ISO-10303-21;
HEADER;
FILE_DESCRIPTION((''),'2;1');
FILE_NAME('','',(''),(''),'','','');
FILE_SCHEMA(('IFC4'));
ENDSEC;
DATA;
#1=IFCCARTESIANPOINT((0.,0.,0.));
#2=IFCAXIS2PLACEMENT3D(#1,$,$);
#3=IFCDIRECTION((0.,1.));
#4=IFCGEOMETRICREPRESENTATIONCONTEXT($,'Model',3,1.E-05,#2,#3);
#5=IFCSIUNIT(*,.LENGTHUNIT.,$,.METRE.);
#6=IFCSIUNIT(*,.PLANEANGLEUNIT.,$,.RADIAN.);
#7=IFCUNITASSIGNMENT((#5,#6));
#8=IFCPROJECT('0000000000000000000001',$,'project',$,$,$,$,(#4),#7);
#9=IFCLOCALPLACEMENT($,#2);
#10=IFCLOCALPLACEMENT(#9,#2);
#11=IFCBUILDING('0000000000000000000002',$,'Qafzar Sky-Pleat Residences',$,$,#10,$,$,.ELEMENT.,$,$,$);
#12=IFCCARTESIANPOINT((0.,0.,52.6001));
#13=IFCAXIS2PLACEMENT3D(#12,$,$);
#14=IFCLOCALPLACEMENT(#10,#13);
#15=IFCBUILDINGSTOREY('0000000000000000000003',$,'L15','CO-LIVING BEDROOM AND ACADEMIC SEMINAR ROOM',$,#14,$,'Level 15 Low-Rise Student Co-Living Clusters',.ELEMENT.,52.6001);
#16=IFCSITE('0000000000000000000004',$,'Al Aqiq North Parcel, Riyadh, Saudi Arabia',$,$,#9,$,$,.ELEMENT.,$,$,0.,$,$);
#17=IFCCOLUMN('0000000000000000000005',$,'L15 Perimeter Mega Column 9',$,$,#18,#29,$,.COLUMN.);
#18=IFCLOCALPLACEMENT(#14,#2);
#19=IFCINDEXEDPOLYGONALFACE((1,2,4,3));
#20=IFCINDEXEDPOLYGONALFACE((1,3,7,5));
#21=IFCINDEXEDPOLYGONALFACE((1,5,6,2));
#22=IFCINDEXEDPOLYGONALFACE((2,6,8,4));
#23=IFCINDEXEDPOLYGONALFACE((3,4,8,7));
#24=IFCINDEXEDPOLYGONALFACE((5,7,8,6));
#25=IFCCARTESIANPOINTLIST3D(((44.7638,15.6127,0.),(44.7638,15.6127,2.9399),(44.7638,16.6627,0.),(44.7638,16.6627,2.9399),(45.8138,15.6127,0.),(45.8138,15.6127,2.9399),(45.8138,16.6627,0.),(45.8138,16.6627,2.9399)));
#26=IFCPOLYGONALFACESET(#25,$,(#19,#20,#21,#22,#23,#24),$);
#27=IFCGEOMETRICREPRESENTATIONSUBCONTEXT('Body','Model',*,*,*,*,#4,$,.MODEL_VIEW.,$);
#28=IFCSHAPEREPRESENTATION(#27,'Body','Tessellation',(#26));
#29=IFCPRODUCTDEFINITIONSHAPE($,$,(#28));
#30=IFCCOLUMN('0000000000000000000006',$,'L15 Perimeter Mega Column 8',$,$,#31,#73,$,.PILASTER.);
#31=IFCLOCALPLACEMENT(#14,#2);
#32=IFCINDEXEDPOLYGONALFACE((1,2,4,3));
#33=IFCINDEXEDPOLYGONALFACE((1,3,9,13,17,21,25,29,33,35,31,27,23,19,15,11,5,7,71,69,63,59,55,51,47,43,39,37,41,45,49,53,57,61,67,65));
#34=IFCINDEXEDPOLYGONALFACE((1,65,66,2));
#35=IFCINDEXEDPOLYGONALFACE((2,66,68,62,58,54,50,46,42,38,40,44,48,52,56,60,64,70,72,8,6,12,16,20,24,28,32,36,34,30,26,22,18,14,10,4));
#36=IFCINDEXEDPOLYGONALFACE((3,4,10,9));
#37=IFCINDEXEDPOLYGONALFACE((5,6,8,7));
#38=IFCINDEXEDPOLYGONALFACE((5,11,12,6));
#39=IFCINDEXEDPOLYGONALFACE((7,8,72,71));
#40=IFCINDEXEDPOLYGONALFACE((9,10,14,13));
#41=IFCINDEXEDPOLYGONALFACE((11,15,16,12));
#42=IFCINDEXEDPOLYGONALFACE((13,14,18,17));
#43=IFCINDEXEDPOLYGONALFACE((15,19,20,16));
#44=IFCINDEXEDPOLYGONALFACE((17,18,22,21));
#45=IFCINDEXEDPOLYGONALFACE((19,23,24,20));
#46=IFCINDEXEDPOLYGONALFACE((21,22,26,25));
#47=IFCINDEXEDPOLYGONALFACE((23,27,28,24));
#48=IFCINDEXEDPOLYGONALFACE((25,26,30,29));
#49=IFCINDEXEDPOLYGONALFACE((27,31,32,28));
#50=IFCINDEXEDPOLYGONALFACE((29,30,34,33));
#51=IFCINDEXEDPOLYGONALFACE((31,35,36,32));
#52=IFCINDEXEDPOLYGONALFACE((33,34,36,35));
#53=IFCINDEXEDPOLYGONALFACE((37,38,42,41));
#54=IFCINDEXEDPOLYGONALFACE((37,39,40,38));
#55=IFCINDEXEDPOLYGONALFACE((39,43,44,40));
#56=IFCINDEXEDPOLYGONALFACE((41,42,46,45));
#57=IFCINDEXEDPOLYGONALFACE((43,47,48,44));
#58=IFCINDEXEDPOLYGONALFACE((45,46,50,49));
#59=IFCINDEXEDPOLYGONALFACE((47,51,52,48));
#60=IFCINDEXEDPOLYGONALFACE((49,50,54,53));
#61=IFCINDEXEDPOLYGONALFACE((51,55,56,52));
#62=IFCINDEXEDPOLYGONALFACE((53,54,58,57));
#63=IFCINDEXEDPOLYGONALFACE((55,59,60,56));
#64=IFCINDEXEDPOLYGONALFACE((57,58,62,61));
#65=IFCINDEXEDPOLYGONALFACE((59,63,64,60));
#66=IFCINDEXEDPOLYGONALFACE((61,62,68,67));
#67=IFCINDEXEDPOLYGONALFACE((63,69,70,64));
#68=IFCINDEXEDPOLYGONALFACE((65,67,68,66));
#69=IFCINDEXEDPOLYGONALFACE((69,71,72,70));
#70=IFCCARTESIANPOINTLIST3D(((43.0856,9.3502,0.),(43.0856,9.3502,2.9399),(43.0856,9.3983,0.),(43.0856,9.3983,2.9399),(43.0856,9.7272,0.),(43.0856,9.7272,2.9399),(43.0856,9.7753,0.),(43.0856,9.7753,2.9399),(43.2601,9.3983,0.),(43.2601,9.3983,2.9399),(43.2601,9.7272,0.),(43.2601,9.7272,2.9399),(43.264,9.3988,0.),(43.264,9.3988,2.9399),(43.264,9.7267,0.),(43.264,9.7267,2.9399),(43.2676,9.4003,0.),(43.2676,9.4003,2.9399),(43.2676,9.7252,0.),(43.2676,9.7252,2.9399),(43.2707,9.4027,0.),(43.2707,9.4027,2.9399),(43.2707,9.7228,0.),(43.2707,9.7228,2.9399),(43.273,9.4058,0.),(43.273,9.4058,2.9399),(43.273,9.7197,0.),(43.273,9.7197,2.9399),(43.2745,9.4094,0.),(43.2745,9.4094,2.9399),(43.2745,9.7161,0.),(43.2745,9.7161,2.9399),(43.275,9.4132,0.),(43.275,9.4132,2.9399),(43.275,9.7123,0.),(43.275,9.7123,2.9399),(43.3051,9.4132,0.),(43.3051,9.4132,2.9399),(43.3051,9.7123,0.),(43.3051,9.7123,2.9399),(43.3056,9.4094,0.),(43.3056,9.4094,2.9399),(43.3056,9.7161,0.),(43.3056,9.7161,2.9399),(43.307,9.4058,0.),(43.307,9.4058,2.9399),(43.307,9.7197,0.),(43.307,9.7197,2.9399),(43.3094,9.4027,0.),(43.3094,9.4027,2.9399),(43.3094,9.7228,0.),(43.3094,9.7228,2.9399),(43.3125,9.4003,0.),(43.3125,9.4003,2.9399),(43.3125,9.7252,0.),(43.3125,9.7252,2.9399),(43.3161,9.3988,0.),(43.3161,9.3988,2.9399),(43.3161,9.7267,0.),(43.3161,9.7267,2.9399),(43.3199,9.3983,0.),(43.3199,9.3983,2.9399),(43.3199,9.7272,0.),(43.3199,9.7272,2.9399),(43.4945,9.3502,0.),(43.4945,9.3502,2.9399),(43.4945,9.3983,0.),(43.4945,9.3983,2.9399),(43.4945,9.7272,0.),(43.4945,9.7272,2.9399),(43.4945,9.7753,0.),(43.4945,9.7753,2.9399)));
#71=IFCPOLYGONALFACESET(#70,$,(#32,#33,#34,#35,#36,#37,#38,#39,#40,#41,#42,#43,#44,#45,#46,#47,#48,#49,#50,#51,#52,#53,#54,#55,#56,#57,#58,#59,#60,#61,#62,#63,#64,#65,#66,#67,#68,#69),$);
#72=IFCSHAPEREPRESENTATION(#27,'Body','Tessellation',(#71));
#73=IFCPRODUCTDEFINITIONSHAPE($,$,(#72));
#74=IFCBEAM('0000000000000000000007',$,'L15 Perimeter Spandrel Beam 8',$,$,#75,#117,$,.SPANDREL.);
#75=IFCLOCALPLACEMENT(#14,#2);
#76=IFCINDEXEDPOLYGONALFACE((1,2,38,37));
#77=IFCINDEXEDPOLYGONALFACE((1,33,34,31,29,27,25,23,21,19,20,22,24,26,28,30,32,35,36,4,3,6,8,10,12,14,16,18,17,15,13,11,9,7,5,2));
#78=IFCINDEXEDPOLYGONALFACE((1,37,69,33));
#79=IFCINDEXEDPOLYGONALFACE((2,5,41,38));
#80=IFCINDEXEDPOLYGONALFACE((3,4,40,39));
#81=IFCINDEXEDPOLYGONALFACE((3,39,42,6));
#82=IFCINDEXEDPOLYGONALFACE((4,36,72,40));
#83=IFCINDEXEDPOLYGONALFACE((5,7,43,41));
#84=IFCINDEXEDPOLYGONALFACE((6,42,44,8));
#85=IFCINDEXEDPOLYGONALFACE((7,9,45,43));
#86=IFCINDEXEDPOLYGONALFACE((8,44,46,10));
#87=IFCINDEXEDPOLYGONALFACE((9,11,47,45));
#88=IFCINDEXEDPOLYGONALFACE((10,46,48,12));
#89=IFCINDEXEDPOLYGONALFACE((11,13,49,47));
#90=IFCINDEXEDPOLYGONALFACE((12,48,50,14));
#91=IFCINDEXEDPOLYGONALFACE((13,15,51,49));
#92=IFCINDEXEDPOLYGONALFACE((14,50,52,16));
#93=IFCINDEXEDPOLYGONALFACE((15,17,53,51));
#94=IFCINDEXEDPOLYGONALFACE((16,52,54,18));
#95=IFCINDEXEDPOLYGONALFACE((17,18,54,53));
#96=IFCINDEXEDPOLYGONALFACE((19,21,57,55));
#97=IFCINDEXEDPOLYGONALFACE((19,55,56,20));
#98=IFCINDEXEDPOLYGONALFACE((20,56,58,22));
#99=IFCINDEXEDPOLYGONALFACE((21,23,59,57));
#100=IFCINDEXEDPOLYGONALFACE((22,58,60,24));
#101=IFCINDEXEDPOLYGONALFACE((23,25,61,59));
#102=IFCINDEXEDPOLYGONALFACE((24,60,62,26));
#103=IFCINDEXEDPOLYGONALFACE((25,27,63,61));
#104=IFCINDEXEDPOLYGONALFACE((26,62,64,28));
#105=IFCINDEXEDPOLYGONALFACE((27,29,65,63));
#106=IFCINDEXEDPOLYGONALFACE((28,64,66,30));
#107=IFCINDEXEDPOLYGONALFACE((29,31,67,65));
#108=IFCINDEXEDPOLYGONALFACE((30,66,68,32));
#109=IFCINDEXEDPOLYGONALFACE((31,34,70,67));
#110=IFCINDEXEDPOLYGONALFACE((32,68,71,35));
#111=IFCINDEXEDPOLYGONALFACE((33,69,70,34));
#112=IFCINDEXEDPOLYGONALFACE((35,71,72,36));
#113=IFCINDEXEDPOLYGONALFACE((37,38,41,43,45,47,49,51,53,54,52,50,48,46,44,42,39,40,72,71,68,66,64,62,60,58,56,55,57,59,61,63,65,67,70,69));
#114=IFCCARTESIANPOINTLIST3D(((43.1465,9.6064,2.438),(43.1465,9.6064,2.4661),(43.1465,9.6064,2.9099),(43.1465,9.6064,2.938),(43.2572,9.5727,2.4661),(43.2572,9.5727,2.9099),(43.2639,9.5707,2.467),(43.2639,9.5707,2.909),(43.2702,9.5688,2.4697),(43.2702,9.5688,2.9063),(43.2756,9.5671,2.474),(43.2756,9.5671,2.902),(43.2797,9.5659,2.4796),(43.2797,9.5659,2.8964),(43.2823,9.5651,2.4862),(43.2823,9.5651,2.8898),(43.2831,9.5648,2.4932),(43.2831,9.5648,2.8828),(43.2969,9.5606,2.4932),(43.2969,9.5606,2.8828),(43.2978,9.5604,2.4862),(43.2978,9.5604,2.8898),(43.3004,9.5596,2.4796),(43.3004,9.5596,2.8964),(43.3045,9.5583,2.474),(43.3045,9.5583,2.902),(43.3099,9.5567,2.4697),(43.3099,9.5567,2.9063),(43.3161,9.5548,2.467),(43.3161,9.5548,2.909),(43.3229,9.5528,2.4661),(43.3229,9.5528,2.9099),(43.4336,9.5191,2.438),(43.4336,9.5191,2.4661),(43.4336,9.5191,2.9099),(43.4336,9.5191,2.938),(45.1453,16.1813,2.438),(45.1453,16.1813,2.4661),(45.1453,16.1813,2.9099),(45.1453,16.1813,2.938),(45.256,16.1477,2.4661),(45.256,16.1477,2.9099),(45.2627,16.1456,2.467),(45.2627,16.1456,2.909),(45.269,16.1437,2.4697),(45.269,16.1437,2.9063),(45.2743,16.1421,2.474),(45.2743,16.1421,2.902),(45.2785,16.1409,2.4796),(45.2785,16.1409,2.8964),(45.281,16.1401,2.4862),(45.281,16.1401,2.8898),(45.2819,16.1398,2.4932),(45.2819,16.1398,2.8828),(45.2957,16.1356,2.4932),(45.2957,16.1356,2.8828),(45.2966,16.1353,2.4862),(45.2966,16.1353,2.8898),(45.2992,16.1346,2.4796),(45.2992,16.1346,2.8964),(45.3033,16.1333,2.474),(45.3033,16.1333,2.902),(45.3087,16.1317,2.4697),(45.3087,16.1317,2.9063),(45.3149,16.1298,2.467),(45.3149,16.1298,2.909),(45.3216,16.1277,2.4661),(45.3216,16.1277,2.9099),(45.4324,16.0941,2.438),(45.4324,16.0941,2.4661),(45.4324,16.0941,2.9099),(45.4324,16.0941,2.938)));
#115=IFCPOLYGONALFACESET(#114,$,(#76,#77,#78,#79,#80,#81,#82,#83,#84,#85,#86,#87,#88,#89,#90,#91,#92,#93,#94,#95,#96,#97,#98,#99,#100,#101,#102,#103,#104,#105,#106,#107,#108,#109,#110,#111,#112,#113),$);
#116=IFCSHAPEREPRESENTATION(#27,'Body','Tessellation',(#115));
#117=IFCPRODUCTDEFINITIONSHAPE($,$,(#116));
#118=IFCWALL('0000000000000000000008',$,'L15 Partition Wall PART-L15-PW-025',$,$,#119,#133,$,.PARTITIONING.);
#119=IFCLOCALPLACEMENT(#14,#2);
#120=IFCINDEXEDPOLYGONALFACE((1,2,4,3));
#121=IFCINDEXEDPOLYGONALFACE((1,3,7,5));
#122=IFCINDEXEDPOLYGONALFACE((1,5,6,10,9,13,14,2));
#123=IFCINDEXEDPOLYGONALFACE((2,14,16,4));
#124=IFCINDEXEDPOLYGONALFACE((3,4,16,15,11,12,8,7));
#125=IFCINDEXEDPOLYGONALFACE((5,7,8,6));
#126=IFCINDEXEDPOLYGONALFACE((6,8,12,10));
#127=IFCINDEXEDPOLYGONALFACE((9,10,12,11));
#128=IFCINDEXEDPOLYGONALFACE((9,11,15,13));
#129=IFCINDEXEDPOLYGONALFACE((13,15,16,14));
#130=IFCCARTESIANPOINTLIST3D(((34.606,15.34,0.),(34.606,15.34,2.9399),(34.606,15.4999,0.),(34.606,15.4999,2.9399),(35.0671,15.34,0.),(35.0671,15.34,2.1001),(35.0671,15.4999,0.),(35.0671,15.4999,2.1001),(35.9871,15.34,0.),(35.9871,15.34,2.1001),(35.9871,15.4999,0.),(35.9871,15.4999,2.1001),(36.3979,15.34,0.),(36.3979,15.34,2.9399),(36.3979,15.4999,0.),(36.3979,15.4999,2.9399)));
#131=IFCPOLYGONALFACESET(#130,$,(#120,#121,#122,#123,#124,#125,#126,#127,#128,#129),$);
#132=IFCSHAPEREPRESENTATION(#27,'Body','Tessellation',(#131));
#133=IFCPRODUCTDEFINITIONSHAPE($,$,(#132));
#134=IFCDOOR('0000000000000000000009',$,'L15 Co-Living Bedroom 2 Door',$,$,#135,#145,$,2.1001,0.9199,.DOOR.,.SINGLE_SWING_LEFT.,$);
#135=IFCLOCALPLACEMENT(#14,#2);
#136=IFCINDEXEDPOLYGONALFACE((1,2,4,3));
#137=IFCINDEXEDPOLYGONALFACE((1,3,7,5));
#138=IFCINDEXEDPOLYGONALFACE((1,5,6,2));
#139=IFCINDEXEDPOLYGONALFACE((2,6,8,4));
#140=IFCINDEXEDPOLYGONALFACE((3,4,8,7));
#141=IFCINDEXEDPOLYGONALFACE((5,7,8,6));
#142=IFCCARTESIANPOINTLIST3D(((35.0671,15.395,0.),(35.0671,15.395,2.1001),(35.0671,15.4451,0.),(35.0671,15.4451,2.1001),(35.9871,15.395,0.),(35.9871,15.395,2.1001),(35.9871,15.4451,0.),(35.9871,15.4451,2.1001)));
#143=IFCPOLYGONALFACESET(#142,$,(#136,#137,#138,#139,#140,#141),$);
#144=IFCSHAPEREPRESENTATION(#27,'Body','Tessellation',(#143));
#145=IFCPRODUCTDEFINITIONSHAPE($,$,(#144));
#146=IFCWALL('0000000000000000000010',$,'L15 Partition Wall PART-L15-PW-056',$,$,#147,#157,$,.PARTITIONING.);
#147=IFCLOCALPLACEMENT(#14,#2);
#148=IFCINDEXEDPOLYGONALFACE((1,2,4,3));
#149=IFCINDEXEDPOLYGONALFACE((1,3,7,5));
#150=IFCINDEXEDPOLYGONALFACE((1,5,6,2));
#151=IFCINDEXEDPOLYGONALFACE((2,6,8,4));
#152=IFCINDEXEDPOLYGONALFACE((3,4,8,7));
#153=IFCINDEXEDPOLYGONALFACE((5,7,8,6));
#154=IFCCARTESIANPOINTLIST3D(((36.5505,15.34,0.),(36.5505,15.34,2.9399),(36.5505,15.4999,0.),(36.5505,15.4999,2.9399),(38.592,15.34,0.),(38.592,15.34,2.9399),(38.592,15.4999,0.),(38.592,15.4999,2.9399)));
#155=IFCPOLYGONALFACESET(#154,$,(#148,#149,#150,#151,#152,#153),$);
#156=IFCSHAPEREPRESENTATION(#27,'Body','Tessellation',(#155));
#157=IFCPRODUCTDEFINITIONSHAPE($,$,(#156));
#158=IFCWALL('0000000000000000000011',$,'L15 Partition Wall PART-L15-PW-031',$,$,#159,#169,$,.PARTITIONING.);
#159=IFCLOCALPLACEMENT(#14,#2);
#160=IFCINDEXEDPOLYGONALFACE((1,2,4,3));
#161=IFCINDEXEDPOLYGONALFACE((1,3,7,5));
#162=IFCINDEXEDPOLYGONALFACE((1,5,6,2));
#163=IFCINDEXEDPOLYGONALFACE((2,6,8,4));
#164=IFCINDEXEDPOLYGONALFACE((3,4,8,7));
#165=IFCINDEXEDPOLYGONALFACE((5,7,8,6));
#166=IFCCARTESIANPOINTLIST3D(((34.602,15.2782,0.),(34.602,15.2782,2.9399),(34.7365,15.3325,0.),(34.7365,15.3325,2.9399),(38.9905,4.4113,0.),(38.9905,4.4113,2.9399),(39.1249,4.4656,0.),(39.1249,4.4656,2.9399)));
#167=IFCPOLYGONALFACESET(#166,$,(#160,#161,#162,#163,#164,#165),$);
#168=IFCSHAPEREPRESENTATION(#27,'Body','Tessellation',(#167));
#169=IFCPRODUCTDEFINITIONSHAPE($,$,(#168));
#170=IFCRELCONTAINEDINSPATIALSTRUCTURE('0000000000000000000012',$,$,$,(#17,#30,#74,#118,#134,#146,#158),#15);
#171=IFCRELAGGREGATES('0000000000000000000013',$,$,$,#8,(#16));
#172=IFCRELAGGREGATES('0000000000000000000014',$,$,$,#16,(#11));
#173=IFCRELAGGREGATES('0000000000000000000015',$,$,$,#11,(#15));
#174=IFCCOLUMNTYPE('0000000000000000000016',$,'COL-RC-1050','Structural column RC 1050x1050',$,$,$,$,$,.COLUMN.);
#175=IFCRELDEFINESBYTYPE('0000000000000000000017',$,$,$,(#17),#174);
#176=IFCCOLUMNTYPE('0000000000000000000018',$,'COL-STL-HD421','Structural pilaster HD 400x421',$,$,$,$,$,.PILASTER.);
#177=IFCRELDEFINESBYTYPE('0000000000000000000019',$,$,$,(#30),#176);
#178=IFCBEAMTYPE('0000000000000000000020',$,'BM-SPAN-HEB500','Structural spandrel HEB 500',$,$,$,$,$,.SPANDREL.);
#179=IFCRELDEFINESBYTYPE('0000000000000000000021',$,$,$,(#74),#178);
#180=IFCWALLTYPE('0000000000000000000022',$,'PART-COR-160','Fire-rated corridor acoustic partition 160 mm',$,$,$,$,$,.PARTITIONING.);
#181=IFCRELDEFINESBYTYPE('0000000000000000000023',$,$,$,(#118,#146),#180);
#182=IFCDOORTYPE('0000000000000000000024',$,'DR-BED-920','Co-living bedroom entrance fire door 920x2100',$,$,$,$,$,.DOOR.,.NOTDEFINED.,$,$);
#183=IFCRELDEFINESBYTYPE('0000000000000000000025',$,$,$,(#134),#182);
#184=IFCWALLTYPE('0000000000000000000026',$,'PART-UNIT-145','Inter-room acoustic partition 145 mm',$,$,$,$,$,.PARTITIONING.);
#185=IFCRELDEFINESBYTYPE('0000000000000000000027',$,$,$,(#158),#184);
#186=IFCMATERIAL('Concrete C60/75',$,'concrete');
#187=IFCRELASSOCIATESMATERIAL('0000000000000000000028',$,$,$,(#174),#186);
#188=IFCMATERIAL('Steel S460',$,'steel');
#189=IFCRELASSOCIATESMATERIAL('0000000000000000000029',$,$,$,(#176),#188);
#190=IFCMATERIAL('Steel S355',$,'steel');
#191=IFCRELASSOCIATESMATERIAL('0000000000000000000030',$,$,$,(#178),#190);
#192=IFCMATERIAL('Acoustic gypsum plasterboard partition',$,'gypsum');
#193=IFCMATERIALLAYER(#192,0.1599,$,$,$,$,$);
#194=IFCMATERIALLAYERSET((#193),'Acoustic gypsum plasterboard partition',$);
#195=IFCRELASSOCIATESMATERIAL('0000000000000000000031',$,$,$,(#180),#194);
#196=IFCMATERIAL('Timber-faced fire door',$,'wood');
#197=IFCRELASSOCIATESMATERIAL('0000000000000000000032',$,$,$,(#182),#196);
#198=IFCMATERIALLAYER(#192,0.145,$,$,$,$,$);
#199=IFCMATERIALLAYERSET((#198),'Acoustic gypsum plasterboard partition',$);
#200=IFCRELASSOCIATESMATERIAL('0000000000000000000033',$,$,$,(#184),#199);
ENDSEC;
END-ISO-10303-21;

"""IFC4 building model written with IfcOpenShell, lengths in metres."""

from ifc_helpers import new_model, si_unit, direction, frame, frame_2d, origin, origin_2d, place, context, subcontext, project, spatial, rectangle, i_section, extrude, source, transform, mapped, material, layer, layer_set, material_profile, profile_set, type_object, element, fill, save


model = new_model("IFC4")

# Units and contexts
model_context = context("Model", 3, precision=1e-05, world=origin(), true_north=direction((0.0, 1.0)))
body_context = subcontext(model_context, "Body", "Model", "MODEL_VIEW")
ifc_project = project(units=[si_unit("LENGTHUNIT", "METRE"), si_unit("PLANEANGLEUNIT", "RADIAN")], contexts=[model_context])

# Site, building, storey
site_placement = place(None, origin())
site = spatial("IfcSite", under=ifc_project, at=site_placement, Name="Al Aqiq North Parcel, Riyadh, Saudi Arabia", CompositionType="ELEMENT", RefElevation=0.0)
building_placement = place(site_placement, origin())
building = spatial("IfcBuilding", under=site, at=building_placement, Name="Qafzar Sky-Pleat Residences", CompositionType="ELEMENT")
storey_placement = place(building_placement, frame((0.0, 0.0, 52.6001)))
storey = spatial("IfcBuildingStorey", under=building, at=storey_placement, Name="L15", Description="CO-LIVING BEDROOM AND ACADEMIC SEMINAR ROOM", LongName="Level 15 Low-Rise Student Co-Living Clusters", CompositionType="ELEMENT", Elevation=52.6001)

# Columns
ifc_material_1 = material(Name="Concrete C60/75", Category="concrete")
ifc_material_profile_1 = material_profile(ifc_material_1, rectangle(XDim=1.05, YDim=1.05, at=origin_2d()), Name="RC 1050x1050")
ifc_profile_set_1 = profile_set([ifc_material_profile_1], Name="Concrete C60/75")
column_type_1 = type_object("IfcColumnType", Name="COL-RC-1050", Description="Structural column RC 1050x1050", PredefinedType="COLUMN", material=ifc_profile_set_1)
shared_shape_1 = source(origin(), body_context, "Body", "SweptSolid", [
    extrude(rectangle(XDim=1.05, YDim=1.05, at=origin_2d()), origin(), (0.0, 0.0, 1.0), 2.9399),
])
column_1_placement = place(storey_placement, frame((45.2888, 16.1377, 0.0), z_axis=(0.0, 0.0, 1.0), x_axis=(1.0, 0.0, 0.0)))
element("IfcColumn", 1, at=column_1_placement, inside=storey, type_object=column_type_1, Name="L15 Perimeter Mega Column 9", PredefinedType="COLUMN", context=body_context, shape_type="MappedRepresentation", body=[
    mapped(shared_shape_1, transform((0.0, 0.0, 0.0), x_axis=(1.0, 0.0, 0.0), y_axis=(0.0, 1.0, 0.0), z_axis=(0.0, 0.0, 1.0), scale=1.0)),
])
ifc_material_2 = material(Name="Steel S460", Category="steel")
ifc_material_profile_2 = material_profile(ifc_material_2, i_section(OverallWidth=0.4089, OverallDepth=0.425, WebThickness=0.03, FlangeThickness=0.0481, FilletRadius=0.0149, at=origin_2d()), Name="HD 400x421")
ifc_profile_set_2 = profile_set([ifc_material_profile_2], Name="Steel S460")
column_type_2 = type_object("IfcColumnType", Name="COL-STL-HD421", Description="Structural pilaster HD 400x421", PredefinedType="PILASTER", material=ifc_profile_set_2)
shared_shape_2 = source(origin(), body_context, "Body", "SweptSolid", [
    extrude(i_section(OverallWidth=0.4089, OverallDepth=0.425, WebThickness=0.03, FlangeThickness=0.0481, FilletRadius=0.0149, at=origin_2d()), origin(), (0.0, 0.0, 1.0), 2.9399),
])
column_2_placement = place(storey_placement, frame((43.29, 9.5627, 0.0), z_axis=(0.0, 0.0, 1.0), x_axis=(1.0, 0.0, 0.0)))
element("IfcColumn", 2, at=column_2_placement, inside=storey, type_object=column_type_2, Name="L15 Perimeter Mega Column 8", PredefinedType="PILASTER", context=body_context, shape_type="MappedRepresentation", body=[
    mapped(shared_shape_2, transform((0.0, 0.0, 0.0), x_axis=(1.0, 0.0, 0.0), y_axis=(0.0, 1.0, 0.0), z_axis=(0.0, 0.0, 1.0), scale=1.0)),
])

# Beam
ifc_material_3 = material(Name="Steel S355", Category="steel")
ifc_material_profile_3 = material_profile(ifc_material_3, i_section(OverallWidth=0.3, OverallDepth=0.5, WebThickness=0.0144, FlangeThickness=0.0281, FilletRadius=0.0271, at=origin_2d()), Name="HEB 500")
ifc_profile_set_3 = profile_set([ifc_material_profile_3], Name="Steel S355")
beam_type = type_object("IfcBeamType", Name="BM-SPAN-HEB500", Description="Structural spandrel HEB 500", PredefinedType="SPANDREL", material=ifc_profile_set_3)
shared_shape_3 = source(origin(), body_context, "Body", "SweptSolid", [
    extrude(i_section(OverallWidth=0.3, OverallDepth=0.5, WebThickness=0.0144, FlangeThickness=0.0281, FilletRadius=0.0271, at=origin_2d()), origin(), (0.0, 0.0, 1.0), 6.8721),
])
beam_placement = place(storey_placement, frame((43.29, 9.5627, 2.688), z_axis=(0.290856, 0.956767, 0.0), x_axis=(-0.956767, 0.290856, 0.0)))
element("IfcBeam", 3, at=beam_placement, inside=storey, type_object=beam_type, Name="L15 Perimeter Spandrel Beam 8", PredefinedType="SPANDREL", context=body_context, shape_type="MappedRepresentation", body=[
    mapped(shared_shape_3, transform((0.0, 0.0, 0.0), x_axis=(1.0, 0.0, 0.0), y_axis=(0.0, 1.0, 0.0), z_axis=(0.0, 0.0, 1.0), scale=1.0)),
])

# Wall, opening, door
ifc_material_4 = material(Name="Acoustic gypsum plasterboard partition", Category="gypsum")
ifc_layer_1 = layer(ifc_material_4, 0.1599)
ifc_layer_set_1 = layer_set([ifc_layer_1], Name="Acoustic gypsum plasterboard partition")
wall_type_1 = type_object("IfcWallType", Name="PART-COR-160", Description="Fire-rated corridor acoustic partition 160 mm", PredefinedType="PARTITIONING", material=ifc_layer_set_1)
wall_1_placement = place(storey_placement, frame((36.3979, 15.4199, 0.0), z_axis=(0.0, 0.0, 1.0), x_axis=(-1.0, 0.0, 0.0)))
wall_1 = element("IfcWall", 4, at=wall_1_placement, inside=storey, type_object=wall_type_1, Name="L15 Partition Wall PART-L15-PW-025", PredefinedType="PARTITIONING", context=body_context, shape_type="SweptSolid", body=[
    extrude(rectangle(XDim=1.792, YDim=0.1599, at=frame_2d((0.896, 0.0))), origin(), (0.0, 0.0, 1.0), 2.9399),
])
opening_1_placement = place(wall_1_placement, frame((0.4109, 0.0, 0.0)))
opening_1 = element("IfcOpeningElement", 5, at=opening_1_placement, cuts=wall_1, PredefinedType="OPENING", context=body_context, shape_type="SweptSolid", body=[
    extrude(rectangle(XDim=0.9199, YDim=2.1001, at=frame_2d((0.46, 1.05))), frame((0.0, 0.0898, 0.0), z_axis=(0.0, -1.0, 0.0), x_axis=(1.0, 0.0, 0.0)), (0.0, 0.0, 1.0), 0.1799),
])
ifc_material_5 = material(Name="Timber-faced fire door", Category="wood")
door_type_1 = type_object("IfcDoorType", Name="DR-BED-920", Description="Co-living bedroom entrance fire door 920x2100", OperationType="NOTDEFINED", PredefinedType="DOOR", material=ifc_material_5)
shared_shape_4 = source(origin(), body_context, "Body", "SweptSolid", [
    extrude(rectangle(XDim=0.9199, YDim=2.1001, at=frame_2d((0.46, 1.05))), frame((0.0, 0.0249, 0.0), z_axis=(0.0, -1.0, 0.0), x_axis=(1.0, 0.0, 0.0)), (0.0, 0.0, 1.0), 0.05),
])
door_1_placement = place(opening_1_placement, origin())
door_1 = element("IfcDoor", 6, at=door_1_placement, inside=storey, type_object=door_type_1, Name="L15 Co-Living Bedroom 2 Door", OperationType="SINGLE_SWING_LEFT", OverallHeight=2.1001, OverallWidth=0.9199, PredefinedType="DOOR", context=body_context, shape_type="MappedRepresentation", body=[
    mapped(shared_shape_4, transform((0.0, 0.0, 0.0), x_axis=(1.0, 0.0, 0.0), y_axis=(0.0, 1.0, 0.0), z_axis=(0.0, 0.0, 1.0), scale=1.0)),
])
fill(opening_1, door_1)

# Walls
wall_2_placement = place(storey_placement, frame((36.5505, 15.4199, 0.0), z_axis=(0.0, 0.0, 1.0), x_axis=(1.0, 0.0, 0.0)))
element("IfcWall", 7, at=wall_2_placement, inside=storey, type_object=wall_type_1, Name="L15 Partition Wall PART-L15-PW-056", PredefinedType="PARTITIONING", context=body_context, shape_type="SweptSolid", body=[
    extrude(rectangle(XDim=2.0415, YDim=0.1599, at=frame_2d((1.0208, 0.0))), origin(), (0.0, 0.0, 1.0), 2.9399),
])
ifc_layer_2 = layer(ifc_material_4, 0.145)
ifc_layer_set_2 = layer_set([ifc_layer_2], Name="Acoustic gypsum plasterboard partition")
wall_type_2 = type_object("IfcWallType", Name="PART-UNIT-145", Description="Inter-room acoustic partition 145 mm", PredefinedType="PARTITIONING", material=ifc_layer_set_2)
wall_3_placement = place(storey_placement, frame((34.6692, 15.3054, 0.0), z_axis=(0.0, 0.0, 1.0), x_axis=(0.37446, -0.927243, 0.0)))
element("IfcWall", 8, at=wall_3_placement, inside=storey, type_object=wall_type_2, Name="L15 Partition Wall PART-L15-PW-031", PredefinedType="PARTITIONING", context=body_context, shape_type="SweptSolid", body=[
    extrude(rectangle(XDim=11.7195, YDim=0.145, at=frame_2d((5.8599, 0.0))), origin(), (0.0, 0.0, 1.0), 2.9399),
])

save(model, "model.ifc")
